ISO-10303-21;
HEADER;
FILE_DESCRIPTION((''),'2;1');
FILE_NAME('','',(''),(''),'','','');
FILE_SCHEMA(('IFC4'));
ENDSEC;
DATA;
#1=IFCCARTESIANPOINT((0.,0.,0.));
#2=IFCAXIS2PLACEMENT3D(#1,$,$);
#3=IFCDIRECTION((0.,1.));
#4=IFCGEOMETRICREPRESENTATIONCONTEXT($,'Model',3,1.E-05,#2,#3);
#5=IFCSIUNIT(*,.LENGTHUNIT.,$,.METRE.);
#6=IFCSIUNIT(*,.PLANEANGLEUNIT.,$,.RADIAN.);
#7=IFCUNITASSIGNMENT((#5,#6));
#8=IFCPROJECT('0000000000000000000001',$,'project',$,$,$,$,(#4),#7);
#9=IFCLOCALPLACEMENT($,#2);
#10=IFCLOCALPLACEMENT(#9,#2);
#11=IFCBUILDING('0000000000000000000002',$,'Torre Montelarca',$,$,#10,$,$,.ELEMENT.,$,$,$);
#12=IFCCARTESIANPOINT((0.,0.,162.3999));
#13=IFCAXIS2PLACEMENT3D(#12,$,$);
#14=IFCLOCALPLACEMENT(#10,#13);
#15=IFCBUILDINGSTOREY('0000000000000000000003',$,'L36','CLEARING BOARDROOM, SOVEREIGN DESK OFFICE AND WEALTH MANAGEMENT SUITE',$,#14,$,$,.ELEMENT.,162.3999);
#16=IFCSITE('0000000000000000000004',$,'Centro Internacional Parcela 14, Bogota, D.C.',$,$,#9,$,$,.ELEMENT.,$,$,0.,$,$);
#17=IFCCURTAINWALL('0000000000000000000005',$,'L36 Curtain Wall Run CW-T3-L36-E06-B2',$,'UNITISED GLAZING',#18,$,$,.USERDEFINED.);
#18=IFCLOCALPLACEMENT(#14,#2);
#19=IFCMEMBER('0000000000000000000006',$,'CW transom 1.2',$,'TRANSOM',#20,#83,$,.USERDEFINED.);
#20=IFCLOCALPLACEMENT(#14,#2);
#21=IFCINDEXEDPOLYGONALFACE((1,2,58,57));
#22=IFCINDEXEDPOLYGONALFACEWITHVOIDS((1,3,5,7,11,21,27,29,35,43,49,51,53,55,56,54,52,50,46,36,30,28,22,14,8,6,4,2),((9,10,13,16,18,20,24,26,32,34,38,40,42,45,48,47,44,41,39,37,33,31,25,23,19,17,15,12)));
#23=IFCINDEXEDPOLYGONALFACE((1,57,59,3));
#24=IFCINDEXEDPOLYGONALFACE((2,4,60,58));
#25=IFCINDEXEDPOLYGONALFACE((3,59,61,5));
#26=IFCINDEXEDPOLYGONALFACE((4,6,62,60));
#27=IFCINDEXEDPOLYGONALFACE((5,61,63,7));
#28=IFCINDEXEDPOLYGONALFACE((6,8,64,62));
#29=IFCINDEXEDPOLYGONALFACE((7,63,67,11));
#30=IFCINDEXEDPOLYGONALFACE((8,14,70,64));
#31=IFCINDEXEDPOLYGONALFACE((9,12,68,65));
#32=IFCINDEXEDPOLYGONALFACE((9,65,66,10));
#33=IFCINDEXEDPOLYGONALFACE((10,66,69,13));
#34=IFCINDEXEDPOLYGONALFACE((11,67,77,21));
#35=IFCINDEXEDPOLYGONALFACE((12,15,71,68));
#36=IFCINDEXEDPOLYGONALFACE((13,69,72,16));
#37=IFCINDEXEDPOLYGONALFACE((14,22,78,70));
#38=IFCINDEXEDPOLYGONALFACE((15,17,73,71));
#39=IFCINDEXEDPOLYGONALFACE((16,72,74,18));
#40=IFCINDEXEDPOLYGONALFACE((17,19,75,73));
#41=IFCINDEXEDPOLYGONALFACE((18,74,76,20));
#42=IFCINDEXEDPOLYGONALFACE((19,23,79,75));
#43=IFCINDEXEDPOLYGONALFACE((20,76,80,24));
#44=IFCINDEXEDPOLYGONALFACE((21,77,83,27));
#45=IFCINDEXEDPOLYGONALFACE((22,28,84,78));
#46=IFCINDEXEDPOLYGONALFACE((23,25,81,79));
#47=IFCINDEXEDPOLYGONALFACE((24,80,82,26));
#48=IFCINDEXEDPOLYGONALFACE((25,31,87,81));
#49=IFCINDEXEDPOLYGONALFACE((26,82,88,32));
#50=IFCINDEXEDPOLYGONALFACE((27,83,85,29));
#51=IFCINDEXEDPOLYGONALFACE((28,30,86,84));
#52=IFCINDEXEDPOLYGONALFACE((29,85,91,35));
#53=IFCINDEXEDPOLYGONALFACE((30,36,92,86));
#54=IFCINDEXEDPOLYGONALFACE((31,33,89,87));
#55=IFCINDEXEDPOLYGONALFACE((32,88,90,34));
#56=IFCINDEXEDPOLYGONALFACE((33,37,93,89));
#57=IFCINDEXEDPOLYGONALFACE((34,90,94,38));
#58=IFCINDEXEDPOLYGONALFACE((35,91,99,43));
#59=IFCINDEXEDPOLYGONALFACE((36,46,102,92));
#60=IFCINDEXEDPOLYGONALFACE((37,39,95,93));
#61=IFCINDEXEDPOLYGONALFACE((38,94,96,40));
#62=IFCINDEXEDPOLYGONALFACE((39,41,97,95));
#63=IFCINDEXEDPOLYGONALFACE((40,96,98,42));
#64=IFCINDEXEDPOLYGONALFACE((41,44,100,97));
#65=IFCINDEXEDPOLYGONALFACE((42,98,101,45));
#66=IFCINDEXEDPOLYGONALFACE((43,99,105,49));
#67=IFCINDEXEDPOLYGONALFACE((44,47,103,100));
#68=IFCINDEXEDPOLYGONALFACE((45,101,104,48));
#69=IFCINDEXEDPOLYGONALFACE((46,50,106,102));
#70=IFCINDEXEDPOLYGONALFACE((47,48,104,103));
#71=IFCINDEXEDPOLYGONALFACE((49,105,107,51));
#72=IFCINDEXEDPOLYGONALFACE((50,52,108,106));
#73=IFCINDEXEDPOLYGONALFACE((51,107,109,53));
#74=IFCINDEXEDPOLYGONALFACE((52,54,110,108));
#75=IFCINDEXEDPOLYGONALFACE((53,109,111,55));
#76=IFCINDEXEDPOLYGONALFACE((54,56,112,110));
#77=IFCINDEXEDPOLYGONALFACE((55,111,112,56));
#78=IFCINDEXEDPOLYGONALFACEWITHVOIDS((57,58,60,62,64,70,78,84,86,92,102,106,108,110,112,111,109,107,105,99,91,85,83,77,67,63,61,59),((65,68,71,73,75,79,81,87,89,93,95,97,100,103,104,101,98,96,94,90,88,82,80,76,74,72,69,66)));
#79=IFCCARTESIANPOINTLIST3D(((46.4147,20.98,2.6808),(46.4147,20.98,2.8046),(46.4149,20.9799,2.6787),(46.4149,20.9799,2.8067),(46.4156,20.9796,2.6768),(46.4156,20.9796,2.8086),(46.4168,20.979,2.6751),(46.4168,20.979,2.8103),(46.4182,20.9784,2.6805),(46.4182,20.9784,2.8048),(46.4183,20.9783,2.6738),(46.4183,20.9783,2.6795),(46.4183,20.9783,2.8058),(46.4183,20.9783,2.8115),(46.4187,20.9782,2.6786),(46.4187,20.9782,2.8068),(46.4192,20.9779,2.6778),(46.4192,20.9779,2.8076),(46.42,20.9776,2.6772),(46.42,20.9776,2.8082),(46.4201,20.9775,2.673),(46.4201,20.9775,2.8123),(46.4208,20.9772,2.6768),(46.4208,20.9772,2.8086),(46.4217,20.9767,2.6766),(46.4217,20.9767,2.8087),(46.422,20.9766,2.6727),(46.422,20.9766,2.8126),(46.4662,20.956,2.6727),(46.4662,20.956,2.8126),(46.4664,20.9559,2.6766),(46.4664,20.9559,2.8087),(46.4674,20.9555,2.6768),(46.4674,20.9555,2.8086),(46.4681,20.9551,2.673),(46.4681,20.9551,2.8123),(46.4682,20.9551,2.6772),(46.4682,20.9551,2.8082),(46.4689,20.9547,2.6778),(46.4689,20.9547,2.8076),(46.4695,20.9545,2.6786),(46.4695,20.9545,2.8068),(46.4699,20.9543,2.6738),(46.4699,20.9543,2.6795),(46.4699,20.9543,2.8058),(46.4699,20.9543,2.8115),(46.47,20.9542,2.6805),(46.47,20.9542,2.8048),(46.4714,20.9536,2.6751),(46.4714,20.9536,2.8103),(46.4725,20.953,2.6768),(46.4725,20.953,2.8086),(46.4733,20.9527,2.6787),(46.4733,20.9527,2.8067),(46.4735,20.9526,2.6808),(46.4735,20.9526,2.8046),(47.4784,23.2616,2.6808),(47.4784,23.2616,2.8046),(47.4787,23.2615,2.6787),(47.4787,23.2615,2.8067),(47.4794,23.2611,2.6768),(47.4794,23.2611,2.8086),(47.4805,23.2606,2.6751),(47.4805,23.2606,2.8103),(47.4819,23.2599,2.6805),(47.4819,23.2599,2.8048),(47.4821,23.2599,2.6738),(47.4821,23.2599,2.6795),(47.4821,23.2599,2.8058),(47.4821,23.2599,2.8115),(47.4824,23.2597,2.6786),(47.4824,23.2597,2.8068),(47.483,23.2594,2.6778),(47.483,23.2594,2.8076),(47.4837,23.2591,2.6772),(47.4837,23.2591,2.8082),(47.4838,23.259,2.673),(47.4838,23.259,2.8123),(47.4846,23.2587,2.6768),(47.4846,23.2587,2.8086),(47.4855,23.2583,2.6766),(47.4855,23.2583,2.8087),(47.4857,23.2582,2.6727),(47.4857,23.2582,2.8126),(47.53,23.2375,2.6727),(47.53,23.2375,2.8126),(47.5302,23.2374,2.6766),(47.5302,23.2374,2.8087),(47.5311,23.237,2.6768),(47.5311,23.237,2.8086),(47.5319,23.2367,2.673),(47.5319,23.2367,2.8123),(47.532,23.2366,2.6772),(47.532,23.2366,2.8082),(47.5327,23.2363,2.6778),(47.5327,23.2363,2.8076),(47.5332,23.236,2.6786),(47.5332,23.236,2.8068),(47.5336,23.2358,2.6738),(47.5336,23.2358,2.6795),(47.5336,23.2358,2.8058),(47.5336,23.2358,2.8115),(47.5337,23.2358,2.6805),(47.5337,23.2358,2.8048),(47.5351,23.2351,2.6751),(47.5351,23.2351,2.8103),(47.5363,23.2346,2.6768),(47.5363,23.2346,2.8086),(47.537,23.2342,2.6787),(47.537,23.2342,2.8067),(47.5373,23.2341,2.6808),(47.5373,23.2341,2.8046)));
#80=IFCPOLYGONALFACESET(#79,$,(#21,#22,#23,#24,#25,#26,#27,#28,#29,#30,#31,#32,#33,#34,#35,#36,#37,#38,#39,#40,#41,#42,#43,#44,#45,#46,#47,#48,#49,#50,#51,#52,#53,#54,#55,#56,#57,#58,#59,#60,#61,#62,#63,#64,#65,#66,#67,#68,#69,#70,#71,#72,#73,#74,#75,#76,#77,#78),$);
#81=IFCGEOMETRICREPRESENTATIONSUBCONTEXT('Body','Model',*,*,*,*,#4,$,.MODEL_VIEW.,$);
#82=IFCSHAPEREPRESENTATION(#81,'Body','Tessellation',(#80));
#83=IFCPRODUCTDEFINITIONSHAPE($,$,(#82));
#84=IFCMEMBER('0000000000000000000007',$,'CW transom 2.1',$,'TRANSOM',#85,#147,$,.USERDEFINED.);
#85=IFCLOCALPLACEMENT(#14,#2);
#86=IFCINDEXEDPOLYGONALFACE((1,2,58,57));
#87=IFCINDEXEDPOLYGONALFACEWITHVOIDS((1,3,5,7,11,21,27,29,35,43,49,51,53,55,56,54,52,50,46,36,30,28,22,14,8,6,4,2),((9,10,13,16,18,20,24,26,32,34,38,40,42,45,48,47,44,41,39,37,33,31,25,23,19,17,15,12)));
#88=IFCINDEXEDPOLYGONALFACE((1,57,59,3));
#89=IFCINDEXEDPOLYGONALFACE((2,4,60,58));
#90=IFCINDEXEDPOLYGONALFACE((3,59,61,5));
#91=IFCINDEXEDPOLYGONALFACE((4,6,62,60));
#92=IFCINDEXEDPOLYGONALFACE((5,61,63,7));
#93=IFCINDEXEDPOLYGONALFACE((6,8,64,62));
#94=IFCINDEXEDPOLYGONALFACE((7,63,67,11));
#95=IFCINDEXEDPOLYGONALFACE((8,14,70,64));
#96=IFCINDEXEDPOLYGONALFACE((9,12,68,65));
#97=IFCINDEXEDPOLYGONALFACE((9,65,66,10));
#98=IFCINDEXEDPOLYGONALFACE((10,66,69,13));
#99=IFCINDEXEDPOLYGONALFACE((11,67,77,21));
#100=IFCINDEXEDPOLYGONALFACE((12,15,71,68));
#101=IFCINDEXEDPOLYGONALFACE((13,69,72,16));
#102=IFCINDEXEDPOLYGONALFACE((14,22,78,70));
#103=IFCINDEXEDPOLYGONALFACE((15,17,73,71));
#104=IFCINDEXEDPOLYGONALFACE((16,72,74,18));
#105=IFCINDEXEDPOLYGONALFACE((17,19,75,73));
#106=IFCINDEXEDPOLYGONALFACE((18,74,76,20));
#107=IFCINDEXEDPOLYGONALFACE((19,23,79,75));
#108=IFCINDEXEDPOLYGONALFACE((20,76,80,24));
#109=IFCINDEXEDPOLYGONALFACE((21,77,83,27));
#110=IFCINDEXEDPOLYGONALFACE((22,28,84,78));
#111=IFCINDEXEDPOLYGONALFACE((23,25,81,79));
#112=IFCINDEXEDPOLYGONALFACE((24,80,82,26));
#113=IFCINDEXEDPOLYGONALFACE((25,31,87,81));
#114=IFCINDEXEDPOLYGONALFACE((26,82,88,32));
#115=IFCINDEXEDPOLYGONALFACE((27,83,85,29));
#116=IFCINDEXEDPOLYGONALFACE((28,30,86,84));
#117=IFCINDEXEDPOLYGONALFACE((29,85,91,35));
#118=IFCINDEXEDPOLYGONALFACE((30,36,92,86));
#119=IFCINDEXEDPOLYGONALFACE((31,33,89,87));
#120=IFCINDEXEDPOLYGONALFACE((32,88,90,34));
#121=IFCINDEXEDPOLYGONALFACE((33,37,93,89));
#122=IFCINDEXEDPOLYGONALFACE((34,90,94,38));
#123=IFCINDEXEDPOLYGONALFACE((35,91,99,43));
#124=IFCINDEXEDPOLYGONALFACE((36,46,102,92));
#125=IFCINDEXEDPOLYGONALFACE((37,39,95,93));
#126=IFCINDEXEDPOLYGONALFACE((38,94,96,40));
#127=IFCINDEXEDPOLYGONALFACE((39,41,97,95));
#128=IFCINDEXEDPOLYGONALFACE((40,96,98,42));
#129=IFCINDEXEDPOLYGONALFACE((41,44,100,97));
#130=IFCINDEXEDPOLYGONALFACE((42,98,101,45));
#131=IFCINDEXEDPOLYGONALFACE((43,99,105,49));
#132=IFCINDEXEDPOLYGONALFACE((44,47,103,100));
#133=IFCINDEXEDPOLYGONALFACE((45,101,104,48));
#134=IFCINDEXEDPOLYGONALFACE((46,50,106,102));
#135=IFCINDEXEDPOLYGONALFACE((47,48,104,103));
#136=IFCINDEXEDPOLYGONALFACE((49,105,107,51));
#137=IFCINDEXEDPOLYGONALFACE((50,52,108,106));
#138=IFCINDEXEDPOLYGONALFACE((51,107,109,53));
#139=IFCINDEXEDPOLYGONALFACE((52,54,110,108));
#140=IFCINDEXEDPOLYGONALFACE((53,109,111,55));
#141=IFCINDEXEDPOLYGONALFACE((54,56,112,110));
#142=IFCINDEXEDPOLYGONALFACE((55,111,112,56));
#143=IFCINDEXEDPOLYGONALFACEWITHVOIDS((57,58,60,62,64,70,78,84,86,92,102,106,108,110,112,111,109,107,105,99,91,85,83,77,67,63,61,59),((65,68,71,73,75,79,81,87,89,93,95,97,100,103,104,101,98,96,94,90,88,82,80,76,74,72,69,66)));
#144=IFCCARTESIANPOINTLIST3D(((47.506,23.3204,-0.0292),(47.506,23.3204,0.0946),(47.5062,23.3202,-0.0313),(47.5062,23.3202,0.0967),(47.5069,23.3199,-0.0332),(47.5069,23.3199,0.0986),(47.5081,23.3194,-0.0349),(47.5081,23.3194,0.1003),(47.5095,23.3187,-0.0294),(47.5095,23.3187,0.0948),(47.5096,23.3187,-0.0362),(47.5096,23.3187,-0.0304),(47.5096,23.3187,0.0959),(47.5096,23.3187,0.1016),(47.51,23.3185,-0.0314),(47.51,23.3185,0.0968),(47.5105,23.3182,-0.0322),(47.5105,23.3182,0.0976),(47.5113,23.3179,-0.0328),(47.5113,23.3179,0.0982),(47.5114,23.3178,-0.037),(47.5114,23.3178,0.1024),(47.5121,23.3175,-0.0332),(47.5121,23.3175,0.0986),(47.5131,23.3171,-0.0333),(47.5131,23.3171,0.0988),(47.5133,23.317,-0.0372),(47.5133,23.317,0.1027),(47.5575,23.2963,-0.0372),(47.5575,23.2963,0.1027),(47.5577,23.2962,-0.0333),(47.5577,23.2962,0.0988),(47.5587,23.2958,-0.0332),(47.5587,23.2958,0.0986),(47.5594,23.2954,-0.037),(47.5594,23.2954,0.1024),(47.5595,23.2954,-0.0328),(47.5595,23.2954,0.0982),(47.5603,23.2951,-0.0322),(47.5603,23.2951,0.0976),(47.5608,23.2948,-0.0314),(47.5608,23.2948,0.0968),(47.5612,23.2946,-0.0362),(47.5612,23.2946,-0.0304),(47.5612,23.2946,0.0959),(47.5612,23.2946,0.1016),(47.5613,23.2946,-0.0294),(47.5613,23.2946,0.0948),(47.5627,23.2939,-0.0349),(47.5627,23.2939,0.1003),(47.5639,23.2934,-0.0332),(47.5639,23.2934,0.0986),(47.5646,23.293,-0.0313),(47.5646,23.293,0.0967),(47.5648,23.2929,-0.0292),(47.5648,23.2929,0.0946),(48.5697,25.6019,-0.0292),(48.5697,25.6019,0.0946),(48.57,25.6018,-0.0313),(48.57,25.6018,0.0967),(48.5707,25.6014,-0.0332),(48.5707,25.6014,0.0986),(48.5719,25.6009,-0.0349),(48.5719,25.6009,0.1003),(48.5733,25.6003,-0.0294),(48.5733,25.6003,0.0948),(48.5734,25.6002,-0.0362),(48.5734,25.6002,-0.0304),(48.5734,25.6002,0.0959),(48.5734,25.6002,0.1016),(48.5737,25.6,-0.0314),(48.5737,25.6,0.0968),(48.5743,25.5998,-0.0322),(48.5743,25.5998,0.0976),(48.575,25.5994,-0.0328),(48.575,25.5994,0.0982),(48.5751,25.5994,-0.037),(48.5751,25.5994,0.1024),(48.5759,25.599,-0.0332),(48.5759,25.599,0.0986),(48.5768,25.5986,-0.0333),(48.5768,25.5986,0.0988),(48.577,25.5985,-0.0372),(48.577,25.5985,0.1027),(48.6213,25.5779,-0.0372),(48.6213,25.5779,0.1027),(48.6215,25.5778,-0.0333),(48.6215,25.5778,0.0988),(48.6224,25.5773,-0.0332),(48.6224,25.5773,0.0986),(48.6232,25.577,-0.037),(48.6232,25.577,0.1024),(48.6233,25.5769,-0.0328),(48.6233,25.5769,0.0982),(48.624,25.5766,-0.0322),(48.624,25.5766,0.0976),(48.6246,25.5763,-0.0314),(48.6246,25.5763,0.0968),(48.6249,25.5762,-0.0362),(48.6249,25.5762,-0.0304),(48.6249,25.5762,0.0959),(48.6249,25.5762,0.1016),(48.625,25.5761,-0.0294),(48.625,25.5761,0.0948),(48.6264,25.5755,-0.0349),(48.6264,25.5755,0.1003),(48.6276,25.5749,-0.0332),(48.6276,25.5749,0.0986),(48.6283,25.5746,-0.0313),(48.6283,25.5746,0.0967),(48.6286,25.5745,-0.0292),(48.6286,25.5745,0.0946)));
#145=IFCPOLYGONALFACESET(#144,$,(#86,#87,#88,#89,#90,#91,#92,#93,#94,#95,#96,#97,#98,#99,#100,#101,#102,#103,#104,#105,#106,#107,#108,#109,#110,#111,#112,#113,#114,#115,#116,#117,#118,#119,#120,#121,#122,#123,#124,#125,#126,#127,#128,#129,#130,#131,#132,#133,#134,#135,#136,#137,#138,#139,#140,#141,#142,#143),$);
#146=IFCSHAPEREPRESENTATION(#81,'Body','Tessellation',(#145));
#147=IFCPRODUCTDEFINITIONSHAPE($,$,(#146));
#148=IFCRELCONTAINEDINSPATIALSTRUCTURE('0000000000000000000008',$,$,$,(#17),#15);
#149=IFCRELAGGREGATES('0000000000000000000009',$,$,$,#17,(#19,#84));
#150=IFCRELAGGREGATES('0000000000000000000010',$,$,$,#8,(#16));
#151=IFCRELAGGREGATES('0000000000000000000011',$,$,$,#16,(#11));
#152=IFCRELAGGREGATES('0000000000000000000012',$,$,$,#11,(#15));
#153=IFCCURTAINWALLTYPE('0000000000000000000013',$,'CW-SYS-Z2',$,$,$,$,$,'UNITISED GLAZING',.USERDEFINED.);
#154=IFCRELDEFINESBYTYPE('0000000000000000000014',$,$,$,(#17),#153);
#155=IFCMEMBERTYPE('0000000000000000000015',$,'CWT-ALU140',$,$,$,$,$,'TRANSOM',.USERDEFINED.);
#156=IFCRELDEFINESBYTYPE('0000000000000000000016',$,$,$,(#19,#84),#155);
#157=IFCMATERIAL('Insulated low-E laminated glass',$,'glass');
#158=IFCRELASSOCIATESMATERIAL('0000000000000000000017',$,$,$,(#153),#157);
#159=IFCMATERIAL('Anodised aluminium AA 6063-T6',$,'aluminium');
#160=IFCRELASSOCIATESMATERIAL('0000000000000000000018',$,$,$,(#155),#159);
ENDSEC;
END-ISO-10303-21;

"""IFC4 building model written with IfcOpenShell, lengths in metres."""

from ifc_helpers import new_model, si_unit, direction, frame, origin, origin_2d, place, context, subcontext, project, spatial, hollow_rectangle, extrude, source, transform, mapped, material, material_profile, profile_set, type_object, element, aggregate, save


model = new_model("IFC4")

# Units and contexts
model_context = context("Model", 3, precision=1e-05, world=origin(), true_north=direction((0.0, 1.0)))
body_context = subcontext(model_context, "Body", "Model", "MODEL_VIEW")
ifc_project = project(units=[si_unit("LENGTHUNIT", "METRE"), si_unit("PLANEANGLEUNIT", "RADIAN")], contexts=[model_context])

# Site, building, storey
site_placement = place(None, origin())
site = spatial("IfcSite", under=ifc_project, at=site_placement, Name="Centro Internacional Parcela 14, Bogota, D.C.", CompositionType="ELEMENT", RefElevation=0.0)
building_placement = place(site_placement, origin())
building = spatial("IfcBuilding", under=site, at=building_placement, Name="Torre Montelarca", CompositionType="ELEMENT")
storey_placement = place(building_placement, frame((0.0, 0.0, 162.3999)))
storey = spatial("IfcBuildingStorey", under=building, at=storey_placement, Name="L36", Description="CLEARING BOARDROOM, SOVEREIGN DESK OFFICE AND WEALTH MANAGEMENT SUITE", CompositionType="ELEMENT", Elevation=162.3999)

# Curtain wall, members
ifc_material_1 = material(Name="Insulated low-E laminated glass", Category="glass")
curtain_wall_type = type_object("IfcCurtainWallType", Name="CW-SYS-Z2", ElementType="UNITISED GLAZING", PredefinedType="USERDEFINED", material=ifc_material_1)
ifc_material_2 = material(Name="Anodised aluminium AA 6063-T6", Category="aluminium")
ifc_material_profile_1 = material_profile(ifc_material_2, hollow_rectangle(XDim=0.0649, YDim=0.1399, WallThickness=0.0039, InnerFilletRadius=0.0039, OuterFilletRadius=0.0081, at=origin_2d()), Name="ALU65X140X4", Category="aluminium")
ifc_profile_set_1 = profile_set([ifc_material_profile_1], Name="Anodised aluminium AA 6063-T6")
member_type_1 = type_object("IfcMemberType", Name="CWT-ALU140", ElementType="TRANSOM", PredefinedType="USERDEFINED", material=ifc_profile_set_1)
curtain_wall_1_placement = place(storey_placement, origin())
curtain_wall_1 = element("IfcCurtainWall", 1, at=curtain_wall_1_placement, inside=storey, type_object=curtain_wall_type, Name="L36 Curtain Wall Run CW-T3-L36-E06-B2", ObjectType="UNITISED GLAZING", PredefinedType="USERDEFINED")
shared_shape_1 = source(origin(), body_context, "Body", "SweptSolid", [
    extrude(hollow_rectangle(XDim=0.0649, YDim=0.1399, WallThickness=0.0039, InnerFilletRadius=0.0039, OuterFilletRadius=0.0081, at=origin_2d()), origin(), (0.0, 0.0, 1.0), 2.5173),
])
member_1_placement = place(storey_placement, frame((46.4441, 20.9663, 2.7427), z_axis=(0.422567, 0.906332, 0.0), x_axis=(-0.906332, 0.422567, 0.0)))
member_1 = element("IfcMember", 2, at=member_1_placement, type_object=member_type_1, Name="CW transom 1.2", ObjectType="TRANSOM", PredefinedType="USERDEFINED", context=body_context, shape_type="MappedRepresentation", body=[
    mapped(shared_shape_1, transform((0.0, 0.0, 0.0), scale=1.0)),
])
member_2_placement = place(storey_placement, frame((47.5354, 23.3066, 0.0327), z_axis=(0.422567, 0.906332, 0.0), x_axis=(-0.906332, 0.422567, 0.0)))
member_2 = element("IfcMember", 3, at=member_2_placement, type_object=member_type_1, Name="CW transom 2.1", ObjectType="TRANSOM", PredefinedType="USERDEFINED", context=body_context, shape_type="MappedRepresentation", body=[
    mapped(shared_shape_1, transform((0.0, 0.0, 0.0), scale=1.0)),
])

aggregate(curtain_wall_1, [member_1, member_2])

save(model, "model.ifc")
